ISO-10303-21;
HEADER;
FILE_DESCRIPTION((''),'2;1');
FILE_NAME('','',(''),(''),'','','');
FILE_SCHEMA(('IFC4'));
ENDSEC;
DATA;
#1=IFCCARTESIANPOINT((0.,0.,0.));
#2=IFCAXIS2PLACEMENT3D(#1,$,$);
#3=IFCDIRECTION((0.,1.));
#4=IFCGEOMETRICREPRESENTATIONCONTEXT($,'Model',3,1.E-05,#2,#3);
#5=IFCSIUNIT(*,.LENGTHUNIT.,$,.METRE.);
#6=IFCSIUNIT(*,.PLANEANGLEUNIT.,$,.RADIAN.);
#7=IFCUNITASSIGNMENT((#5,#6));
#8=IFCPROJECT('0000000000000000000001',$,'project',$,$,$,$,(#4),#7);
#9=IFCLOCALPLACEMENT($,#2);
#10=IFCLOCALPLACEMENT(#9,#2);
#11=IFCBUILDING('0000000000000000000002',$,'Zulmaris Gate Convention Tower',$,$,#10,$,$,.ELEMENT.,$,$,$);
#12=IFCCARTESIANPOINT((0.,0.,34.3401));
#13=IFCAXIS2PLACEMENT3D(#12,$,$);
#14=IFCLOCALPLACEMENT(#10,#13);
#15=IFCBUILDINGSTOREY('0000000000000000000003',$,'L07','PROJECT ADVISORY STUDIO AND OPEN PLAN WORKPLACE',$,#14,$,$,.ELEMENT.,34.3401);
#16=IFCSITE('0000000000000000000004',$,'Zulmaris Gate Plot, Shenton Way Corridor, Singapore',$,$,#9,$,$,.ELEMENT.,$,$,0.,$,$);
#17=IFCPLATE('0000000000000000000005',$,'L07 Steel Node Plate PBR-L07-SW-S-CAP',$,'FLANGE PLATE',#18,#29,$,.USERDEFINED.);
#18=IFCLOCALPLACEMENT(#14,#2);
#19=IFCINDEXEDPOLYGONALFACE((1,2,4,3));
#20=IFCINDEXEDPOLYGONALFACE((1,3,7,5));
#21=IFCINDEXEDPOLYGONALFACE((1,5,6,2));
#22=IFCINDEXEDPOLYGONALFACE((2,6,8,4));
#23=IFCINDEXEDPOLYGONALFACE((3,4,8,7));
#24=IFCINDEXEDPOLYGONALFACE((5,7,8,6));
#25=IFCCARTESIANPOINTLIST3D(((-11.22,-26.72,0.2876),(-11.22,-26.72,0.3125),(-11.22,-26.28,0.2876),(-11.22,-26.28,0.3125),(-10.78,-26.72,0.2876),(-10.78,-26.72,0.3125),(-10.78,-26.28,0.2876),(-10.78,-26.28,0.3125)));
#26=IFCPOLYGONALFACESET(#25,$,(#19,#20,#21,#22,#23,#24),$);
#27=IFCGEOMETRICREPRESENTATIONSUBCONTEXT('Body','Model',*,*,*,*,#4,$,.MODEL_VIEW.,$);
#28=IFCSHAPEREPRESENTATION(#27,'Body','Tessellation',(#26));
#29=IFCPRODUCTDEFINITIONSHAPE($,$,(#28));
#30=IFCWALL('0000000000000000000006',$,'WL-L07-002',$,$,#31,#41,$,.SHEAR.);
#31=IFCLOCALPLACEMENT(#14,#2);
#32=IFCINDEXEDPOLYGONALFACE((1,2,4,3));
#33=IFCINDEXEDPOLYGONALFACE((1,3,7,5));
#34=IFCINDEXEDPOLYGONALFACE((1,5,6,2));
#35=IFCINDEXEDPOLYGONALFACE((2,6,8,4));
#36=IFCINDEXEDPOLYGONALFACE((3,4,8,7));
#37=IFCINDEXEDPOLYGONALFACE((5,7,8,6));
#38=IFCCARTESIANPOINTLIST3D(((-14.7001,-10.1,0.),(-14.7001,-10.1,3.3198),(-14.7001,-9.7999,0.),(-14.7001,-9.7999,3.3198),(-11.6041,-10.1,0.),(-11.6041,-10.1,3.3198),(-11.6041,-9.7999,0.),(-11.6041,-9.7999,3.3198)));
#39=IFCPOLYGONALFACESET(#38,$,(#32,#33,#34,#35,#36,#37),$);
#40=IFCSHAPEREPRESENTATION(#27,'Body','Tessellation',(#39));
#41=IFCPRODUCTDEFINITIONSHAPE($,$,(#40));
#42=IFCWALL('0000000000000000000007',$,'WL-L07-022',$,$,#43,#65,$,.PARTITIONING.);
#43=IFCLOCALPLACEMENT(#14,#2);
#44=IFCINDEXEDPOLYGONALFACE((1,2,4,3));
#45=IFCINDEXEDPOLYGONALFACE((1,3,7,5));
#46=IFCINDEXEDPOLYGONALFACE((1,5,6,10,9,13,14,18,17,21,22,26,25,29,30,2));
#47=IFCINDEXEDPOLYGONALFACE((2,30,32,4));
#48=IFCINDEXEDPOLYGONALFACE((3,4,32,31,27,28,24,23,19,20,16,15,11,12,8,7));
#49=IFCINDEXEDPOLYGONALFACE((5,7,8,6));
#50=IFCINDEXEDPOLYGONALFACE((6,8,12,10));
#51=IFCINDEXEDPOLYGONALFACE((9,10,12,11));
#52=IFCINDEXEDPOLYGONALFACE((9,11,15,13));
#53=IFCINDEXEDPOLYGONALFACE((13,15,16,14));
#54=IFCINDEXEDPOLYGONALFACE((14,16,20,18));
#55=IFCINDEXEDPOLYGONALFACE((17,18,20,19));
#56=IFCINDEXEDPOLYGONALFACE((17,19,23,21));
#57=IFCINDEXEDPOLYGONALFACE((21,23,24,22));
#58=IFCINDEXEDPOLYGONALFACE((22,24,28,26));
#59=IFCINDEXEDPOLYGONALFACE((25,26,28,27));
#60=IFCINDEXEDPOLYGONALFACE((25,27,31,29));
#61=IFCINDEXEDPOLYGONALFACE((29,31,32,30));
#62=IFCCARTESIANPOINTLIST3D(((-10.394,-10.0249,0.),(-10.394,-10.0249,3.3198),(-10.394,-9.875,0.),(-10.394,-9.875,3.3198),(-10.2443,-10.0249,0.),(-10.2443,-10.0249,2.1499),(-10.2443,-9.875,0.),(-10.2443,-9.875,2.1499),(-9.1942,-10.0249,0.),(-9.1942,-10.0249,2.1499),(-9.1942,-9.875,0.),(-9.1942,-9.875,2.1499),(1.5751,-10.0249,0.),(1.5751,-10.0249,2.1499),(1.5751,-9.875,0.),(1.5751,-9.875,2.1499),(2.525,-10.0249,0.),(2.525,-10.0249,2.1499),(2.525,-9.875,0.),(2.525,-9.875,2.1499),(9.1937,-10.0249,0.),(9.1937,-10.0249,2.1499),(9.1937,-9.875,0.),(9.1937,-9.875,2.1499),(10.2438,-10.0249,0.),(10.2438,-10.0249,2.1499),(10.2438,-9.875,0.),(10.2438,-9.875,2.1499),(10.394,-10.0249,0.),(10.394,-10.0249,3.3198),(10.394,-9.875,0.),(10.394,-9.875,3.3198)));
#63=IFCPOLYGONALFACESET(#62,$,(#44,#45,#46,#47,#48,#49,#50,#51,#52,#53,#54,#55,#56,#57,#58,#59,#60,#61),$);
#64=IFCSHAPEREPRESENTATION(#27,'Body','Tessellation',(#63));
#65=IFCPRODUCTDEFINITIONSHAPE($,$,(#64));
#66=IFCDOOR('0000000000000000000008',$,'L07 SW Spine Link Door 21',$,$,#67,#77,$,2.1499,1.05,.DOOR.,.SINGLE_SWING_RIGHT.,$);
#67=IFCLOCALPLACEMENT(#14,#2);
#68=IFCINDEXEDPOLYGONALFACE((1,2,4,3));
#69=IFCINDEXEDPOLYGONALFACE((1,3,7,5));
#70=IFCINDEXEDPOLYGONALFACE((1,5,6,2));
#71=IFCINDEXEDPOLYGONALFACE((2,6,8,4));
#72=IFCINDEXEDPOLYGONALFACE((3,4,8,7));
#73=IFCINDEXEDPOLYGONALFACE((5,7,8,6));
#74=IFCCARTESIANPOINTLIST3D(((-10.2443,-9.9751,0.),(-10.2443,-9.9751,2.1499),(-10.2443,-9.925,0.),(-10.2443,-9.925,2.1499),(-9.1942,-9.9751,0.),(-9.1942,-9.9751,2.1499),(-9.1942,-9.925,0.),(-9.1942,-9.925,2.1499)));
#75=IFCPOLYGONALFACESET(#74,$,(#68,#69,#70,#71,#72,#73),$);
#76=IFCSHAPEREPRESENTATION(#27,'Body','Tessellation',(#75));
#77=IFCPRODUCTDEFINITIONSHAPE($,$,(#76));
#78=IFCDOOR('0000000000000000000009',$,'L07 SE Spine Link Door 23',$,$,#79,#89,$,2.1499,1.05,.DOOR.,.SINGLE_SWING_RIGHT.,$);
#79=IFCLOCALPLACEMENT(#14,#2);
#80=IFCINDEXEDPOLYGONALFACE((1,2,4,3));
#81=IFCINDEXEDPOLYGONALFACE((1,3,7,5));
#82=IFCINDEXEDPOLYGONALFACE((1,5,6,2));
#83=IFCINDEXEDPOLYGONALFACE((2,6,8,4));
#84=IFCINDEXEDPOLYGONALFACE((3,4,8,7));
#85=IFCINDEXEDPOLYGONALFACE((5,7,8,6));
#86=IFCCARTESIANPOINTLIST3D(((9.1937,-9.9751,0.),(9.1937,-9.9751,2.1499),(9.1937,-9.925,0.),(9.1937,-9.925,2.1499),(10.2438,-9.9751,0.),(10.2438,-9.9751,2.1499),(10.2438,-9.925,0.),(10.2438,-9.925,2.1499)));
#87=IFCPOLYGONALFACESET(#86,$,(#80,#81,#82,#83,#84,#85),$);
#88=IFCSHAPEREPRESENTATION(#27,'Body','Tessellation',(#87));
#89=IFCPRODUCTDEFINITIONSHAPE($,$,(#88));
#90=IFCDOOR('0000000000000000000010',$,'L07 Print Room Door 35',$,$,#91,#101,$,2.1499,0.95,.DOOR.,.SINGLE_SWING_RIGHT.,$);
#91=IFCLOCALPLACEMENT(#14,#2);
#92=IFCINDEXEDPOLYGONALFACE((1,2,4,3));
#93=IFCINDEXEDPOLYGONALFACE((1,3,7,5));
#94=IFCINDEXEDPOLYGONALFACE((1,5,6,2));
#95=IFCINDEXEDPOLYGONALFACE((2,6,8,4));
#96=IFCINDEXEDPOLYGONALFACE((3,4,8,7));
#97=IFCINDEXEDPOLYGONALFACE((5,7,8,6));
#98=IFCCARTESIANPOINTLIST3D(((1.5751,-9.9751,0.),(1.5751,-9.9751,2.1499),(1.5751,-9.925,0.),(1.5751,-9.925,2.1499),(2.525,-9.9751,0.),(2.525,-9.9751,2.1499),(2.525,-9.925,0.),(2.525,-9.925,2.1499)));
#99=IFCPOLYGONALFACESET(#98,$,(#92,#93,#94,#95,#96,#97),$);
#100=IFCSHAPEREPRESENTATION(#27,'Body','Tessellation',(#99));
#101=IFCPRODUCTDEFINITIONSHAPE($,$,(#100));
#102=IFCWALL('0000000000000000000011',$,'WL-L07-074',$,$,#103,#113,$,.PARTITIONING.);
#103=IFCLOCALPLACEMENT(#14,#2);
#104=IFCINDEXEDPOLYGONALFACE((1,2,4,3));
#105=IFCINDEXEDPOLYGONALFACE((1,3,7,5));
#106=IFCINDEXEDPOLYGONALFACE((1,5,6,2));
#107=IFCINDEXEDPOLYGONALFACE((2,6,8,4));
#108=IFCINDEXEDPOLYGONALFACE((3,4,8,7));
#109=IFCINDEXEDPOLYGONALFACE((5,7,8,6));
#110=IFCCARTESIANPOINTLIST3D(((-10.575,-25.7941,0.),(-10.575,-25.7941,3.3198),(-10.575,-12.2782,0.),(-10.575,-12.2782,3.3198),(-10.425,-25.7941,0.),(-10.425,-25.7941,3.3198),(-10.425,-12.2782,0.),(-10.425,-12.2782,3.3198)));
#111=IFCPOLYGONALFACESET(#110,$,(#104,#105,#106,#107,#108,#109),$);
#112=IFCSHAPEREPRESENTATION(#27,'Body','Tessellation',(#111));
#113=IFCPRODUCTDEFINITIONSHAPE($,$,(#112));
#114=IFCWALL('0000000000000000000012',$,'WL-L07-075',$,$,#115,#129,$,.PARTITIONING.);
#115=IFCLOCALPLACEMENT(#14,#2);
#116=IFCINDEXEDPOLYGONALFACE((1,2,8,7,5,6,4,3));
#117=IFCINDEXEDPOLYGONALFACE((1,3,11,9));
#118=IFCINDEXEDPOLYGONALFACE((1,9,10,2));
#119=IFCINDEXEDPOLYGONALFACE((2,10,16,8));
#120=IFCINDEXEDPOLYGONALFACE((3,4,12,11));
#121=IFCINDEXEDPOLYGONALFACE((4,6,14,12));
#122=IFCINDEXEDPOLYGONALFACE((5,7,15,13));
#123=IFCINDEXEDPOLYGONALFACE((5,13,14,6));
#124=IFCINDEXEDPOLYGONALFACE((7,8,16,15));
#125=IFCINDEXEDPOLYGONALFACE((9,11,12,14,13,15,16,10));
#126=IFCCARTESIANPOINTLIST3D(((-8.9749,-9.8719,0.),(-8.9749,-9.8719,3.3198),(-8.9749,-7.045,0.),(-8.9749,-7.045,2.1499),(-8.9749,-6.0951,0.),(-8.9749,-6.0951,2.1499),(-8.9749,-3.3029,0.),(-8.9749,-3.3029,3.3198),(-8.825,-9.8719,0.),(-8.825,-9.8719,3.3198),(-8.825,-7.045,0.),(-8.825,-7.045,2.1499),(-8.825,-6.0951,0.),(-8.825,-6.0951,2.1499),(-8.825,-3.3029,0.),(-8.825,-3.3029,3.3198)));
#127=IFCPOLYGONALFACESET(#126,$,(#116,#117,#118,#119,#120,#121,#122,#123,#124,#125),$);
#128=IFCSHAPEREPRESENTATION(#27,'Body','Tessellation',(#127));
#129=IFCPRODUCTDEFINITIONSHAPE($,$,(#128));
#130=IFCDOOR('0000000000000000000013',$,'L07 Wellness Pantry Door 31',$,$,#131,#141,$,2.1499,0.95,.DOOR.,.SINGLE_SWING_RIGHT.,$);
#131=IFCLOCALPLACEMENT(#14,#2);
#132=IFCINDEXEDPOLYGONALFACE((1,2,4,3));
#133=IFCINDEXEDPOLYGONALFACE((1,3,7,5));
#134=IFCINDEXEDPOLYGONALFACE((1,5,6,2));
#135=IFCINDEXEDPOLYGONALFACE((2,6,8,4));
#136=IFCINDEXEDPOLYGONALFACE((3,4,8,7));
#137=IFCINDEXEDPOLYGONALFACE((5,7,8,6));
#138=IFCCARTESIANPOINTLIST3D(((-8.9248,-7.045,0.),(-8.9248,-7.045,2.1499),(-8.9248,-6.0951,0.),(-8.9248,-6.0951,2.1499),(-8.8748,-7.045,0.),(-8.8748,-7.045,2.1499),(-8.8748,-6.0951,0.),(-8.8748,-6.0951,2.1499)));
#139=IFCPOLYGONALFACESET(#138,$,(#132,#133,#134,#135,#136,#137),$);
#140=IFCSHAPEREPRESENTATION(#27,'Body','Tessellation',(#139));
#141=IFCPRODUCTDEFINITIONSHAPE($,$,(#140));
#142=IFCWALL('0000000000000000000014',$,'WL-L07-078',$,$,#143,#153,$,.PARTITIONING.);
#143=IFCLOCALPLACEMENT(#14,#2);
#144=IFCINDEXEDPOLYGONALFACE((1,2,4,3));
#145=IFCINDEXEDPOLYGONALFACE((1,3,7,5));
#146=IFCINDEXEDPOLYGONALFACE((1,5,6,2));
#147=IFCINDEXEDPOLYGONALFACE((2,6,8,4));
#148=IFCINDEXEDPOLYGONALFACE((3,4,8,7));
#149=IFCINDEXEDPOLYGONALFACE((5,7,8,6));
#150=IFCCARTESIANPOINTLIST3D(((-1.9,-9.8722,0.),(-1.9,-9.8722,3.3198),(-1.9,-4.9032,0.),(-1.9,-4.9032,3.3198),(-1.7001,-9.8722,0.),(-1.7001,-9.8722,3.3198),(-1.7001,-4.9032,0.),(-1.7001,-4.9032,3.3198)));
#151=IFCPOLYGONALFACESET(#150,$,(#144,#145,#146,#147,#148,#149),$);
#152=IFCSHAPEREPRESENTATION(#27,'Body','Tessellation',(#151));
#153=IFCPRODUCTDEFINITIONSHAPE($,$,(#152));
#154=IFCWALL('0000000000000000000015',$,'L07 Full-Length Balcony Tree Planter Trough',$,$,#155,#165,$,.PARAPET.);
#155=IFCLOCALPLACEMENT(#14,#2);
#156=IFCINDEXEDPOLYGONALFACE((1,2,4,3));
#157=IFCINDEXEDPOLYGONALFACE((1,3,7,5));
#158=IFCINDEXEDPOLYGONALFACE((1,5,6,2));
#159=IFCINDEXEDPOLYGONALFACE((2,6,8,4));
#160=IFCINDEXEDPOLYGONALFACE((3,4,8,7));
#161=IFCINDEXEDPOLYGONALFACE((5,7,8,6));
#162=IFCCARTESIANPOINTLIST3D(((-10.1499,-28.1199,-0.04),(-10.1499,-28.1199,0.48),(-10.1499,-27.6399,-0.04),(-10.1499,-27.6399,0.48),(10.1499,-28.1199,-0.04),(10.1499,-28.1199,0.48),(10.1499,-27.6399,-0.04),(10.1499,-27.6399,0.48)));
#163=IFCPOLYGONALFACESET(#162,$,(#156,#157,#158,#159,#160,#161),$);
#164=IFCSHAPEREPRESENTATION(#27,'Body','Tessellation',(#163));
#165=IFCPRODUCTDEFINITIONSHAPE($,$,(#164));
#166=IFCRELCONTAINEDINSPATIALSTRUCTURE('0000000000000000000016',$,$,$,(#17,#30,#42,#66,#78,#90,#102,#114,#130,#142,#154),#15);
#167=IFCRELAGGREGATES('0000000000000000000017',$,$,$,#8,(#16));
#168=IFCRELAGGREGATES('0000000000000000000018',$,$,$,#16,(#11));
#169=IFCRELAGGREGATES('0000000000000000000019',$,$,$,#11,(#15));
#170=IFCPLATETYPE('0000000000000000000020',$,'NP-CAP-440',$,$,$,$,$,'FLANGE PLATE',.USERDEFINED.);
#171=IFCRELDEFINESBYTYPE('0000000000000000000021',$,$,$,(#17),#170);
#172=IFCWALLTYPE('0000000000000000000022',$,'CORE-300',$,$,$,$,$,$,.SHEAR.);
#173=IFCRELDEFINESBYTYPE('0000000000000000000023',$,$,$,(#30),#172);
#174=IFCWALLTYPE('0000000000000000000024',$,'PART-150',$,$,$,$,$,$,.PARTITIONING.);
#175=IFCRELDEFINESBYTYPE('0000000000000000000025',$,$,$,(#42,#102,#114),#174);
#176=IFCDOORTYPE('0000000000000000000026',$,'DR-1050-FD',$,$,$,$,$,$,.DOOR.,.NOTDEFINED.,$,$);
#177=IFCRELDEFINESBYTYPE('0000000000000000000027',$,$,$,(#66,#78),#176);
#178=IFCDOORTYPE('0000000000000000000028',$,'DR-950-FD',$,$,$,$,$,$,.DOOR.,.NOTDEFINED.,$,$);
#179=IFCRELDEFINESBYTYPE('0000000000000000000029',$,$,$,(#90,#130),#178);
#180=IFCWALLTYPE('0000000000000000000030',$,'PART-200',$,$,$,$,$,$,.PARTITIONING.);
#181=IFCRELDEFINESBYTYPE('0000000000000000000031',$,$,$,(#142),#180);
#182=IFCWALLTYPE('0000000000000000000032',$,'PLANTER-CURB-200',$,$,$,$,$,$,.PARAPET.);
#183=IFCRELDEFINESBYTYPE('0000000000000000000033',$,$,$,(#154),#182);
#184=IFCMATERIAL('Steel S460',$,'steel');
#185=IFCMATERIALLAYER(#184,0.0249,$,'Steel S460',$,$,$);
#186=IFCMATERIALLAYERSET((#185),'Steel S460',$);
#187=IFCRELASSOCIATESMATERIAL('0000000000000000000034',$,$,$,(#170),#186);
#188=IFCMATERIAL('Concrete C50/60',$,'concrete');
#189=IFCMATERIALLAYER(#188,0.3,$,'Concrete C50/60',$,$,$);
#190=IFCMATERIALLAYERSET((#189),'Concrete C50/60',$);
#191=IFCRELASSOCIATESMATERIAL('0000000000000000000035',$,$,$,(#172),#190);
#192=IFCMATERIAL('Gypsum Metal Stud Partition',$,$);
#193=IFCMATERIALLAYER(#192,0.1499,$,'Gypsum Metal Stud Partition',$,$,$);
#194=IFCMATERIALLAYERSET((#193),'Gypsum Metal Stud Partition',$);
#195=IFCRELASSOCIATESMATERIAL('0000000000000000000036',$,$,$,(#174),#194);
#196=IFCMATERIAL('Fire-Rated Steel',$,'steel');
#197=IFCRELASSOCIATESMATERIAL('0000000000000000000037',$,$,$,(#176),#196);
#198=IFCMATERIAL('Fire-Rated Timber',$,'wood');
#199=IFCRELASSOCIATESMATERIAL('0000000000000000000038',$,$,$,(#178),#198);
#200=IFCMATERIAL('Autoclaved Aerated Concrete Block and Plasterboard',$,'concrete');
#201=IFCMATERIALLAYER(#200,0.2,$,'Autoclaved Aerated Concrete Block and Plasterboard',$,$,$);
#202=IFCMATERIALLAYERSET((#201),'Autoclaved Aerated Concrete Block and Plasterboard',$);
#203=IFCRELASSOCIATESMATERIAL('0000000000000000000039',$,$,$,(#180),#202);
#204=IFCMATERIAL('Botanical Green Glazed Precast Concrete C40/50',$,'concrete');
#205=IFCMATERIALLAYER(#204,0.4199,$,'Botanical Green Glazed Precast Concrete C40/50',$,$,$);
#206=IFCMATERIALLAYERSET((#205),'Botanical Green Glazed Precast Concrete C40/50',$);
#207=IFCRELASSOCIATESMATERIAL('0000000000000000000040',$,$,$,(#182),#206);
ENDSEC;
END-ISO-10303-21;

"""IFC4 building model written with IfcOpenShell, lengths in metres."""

from ifc_helpers import new_model, si_unit, direction, frame, frame_2d, origin, origin_2d, place, context, subcontext, project, spatial, rectangle, extrude, material, layer, layer_set, type_object, element, fill, save


model = new_model("IFC4")

# Units and contexts
model_context = context("Model", 3, precision=1e-05, world=origin(), true_north=direction((0.0, 1.0)))
body_context = subcontext(model_context, "Body", "Model", "MODEL_VIEW")
ifc_project = project(units=[si_unit("LENGTHUNIT", "METRE"), si_unit("PLANEANGLEUNIT", "RADIAN")], contexts=[model_context])

# Site, building, storey
site_placement = place(None, origin())
site = spatial("IfcSite", under=ifc_project, at=site_placement, Name="Zulmaris Gate Plot, Shenton Way Corridor, Singapore", CompositionType="ELEMENT", RefElevation=0.0)
building_placement = place(site_placement, origin())
building = spatial("IfcBuilding", under=site, at=building_placement, Name="Zulmaris Gate Convention Tower", CompositionType="ELEMENT")
storey_placement = place(building_placement, frame((0.0, 0.0, 34.3401)))
storey = spatial("IfcBuildingStorey", under=building, at=storey_placement, Name="L07", Description="PROJECT ADVISORY STUDIO AND OPEN PLAN WORKPLACE", CompositionType="ELEMENT", Elevation=34.3401)

# Shared definitions
ifc_material_1 = material(Name="Steel S460", Category="steel")

# Plate
ifc_layer_1 = layer(ifc_material_1, 0.0249, Name="Steel S460")
ifc_layer_set_1 = layer_set([ifc_layer_1], Name="Steel S460")
plate_type = type_object("IfcPlateType", Name="NP-CAP-440", ElementType="FLANGE PLATE", PredefinedType="USERDEFINED", material=ifc_layer_set_1)
plate_placement = place(storey_placement, frame((-11.0, -26.5, 0.2876), z_axis=(0.0, 0.0, 1.0), x_axis=(1.0, 0.0, 0.0)))
element("IfcPlate", 1, at=plate_placement, inside=storey, type_object=plate_type, Name="L07 Steel Node Plate PBR-L07-SW-S-CAP", ObjectType="FLANGE PLATE", PredefinedType="USERDEFINED", context=body_context, shape_type="SweptSolid", body=[
    extrude(rectangle(XDim=0.4399, YDim=0.4399, at=origin_2d()), origin(), (0.0, 0.0, 1.0), 0.0249),
])

# Wall
ifc_material_2 = material(Name="Concrete C50/60", Category="concrete")
ifc_layer_2 = layer(ifc_material_2, 0.3, Name="Concrete C50/60")
ifc_layer_set_2 = layer_set([ifc_layer_2], Name="Concrete C50/60")
wall_type_1 = type_object("IfcWallType", Name="CORE-300", PredefinedType="SHEAR", material=ifc_layer_set_2)
wall_1_placement = place(storey_placement, frame((-14.7, -9.95, 0.0), z_axis=(0.0, 0.0, 1.0), x_axis=(1.0, 0.0, 0.0)))
element("IfcWall", 2, at=wall_1_placement, inside=storey, type_object=wall_type_1, Name="WL-L07-002", PredefinedType="SHEAR", context=body_context, shape_type="SweptSolid", body=[
    extrude(rectangle(XDim=3.0959, YDim=0.3, at=frame_2d((1.5479, 0.0))), origin(), (0.0, 0.0, 1.0), 3.3198),
])

# Wall, openings, doors
ifc_material_3 = material(Name="Gypsum Metal Stud Partition")
ifc_layer_3 = layer(ifc_material_3, 0.1499, Name="Gypsum Metal Stud Partition")
ifc_layer_set_3 = layer_set([ifc_layer_3], Name="Gypsum Metal Stud Partition")
wall_type_2 = type_object("IfcWallType", Name="PART-150", PredefinedType="PARTITIONING", material=ifc_layer_set_3)
wall_2_placement = place(storey_placement, frame((-10.394, -9.95, 0.0), z_axis=(0.0, 0.0, 1.0), x_axis=(1.0, 0.0, 0.0)))
wall_2 = element("IfcWall", 3, at=wall_2_placement, inside=storey, type_object=wall_type_2, Name="WL-L07-022", PredefinedType="PARTITIONING", context=body_context, shape_type="SweptSolid", body=[
    extrude(rectangle(XDim=20.7881, YDim=0.1499, at=frame_2d((10.394, 0.0))), origin(), (0.0, 0.0, 1.0), 3.3198),
])
opening_1_placement = place(wall_2_placement, frame((0.1499, 0.0, 0.0)))
opening_1 = element("IfcOpeningElement", 4, at=opening_1_placement, cuts=wall_2, PredefinedType="OPENING", context=body_context, shape_type="SweptSolid", body=[
    extrude(rectangle(XDim=1.05, YDim=2.1499, at=frame_2d((0.5249, 1.075))), frame((0.0, 0.085, 0.0), z_axis=(0.0, -1.0, 0.0), x_axis=(1.0, 0.0, 0.0)), (0.0, 0.0, 1.0), 0.1699),
])
opening_2_placement = place(wall_2_placement, frame((19.5879, 0.0, 0.0)))
opening_2 = element("IfcOpeningElement", 5, at=opening_2_placement, cuts=wall_2, PredefinedType="OPENING", context=body_context, shape_type="SweptSolid", body=[
    extrude(rectangle(XDim=1.05, YDim=2.1499, at=frame_2d((0.5249, 1.075))), frame((0.0, 0.085, 0.0), z_axis=(0.0, -1.0, 0.0), x_axis=(1.0, 0.0, 0.0)), (0.0, 0.0, 1.0), 0.1699),
])
opening_3_placement = place(wall_2_placement, frame((11.969, 0.0, 0.0)))
opening_3 = element("IfcOpeningElement", 6, at=opening_3_placement, cuts=wall_2, PredefinedType="OPENING", context=body_context, shape_type="SweptSolid", body=[
    extrude(rectangle(XDim=0.95, YDim=2.1499, at=frame_2d((0.4751, 1.075))), frame((0.0, 0.085, 0.0), z_axis=(0.0, -1.0, 0.0), x_axis=(1.0, 0.0, 0.0)), (0.0, 0.0, 1.0), 0.1699),
])
ifc_material_4 = material(Name="Fire-Rated Steel", Category="steel")
door_type_1 = type_object("IfcDoorType", Name="DR-1050-FD", OperationType="NOTDEFINED", PredefinedType="DOOR", material=ifc_material_4)
door_1_placement = place(opening_1_placement, origin())
door_1 = element("IfcDoor", 7, at=door_1_placement, inside=storey, type_object=door_type_1, Name="L07 SW Spine Link Door 21", OperationType="SINGLE_SWING_RIGHT", OverallHeight=2.1499, OverallWidth=1.05, PredefinedType="DOOR", context=body_context, shape_type="SweptSolid", body=[
    extrude(rectangle(XDim=1.05, YDim=2.1499, at=frame_2d((0.5249, 1.075))), frame((0.0, 0.0249, 0.0), z_axis=(0.0, -1.0, 0.0), x_axis=(1.0, 0.0, 0.0)), (0.0, 0.0, 1.0), 0.05),
])
fill(opening_1, door_1)
door_2_placement = place(opening_2_placement, origin())
door_2 = element("IfcDoor", 8, at=door_2_placement, inside=storey, type_object=door_type_1, Name="L07 SE Spine Link Door 23", OperationType="SINGLE_SWING_RIGHT", OverallHeight=2.1499, OverallWidth=1.05, PredefinedType="DOOR", context=body_context, shape_type="SweptSolid", body=[
    extrude(rectangle(XDim=1.05, YDim=2.1499, at=frame_2d((0.5249, 1.075))), frame((0.0, 0.0249, 0.0), z_axis=(0.0, -1.0, 0.0), x_axis=(1.0, 0.0, 0.0)), (0.0, 0.0, 1.0), 0.05),
])
fill(opening_2, door_2)
ifc_material_5 = material(Name="Fire-Rated Timber", Category="wood")
door_type_2 = type_object("IfcDoorType", Name="DR-950-FD", OperationType="NOTDEFINED", PredefinedType="DOOR", material=ifc_material_5)
door_3_placement = place(opening_3_placement, origin())
door_3 = element("IfcDoor", 9, at=door_3_placement, inside=storey, type_object=door_type_2, Name="L07 Print Room Door 35", OperationType="SINGLE_SWING_RIGHT", OverallHeight=2.1499, OverallWidth=0.95, PredefinedType="DOOR", context=body_context, shape_type="SweptSolid", body=[
    extrude(rectangle(XDim=0.95, YDim=2.1499, at=frame_2d((0.4751, 1.075))), frame((0.0, 0.0249, 0.0), z_axis=(0.0, -1.0, 0.0), x_axis=(1.0, 0.0, 0.0)), (0.0, 0.0, 1.0), 0.05),
])
fill(opening_3, door_3)

# Wall
wall_3_placement = place(storey_placement, frame((-10.5, -25.7939, 0.0), z_axis=(0.0, 0.0, 1.0), x_axis=(0.0, 1.0, 0.0)))
element("IfcWall", 10, at=wall_3_placement, inside=storey, type_object=wall_type_2, Name="WL-L07-074", PredefinedType="PARTITIONING", context=body_context, shape_type="SweptSolid", body=[
    extrude(rectangle(XDim=13.5159, YDim=0.1499, at=frame_2d((6.7578, 0.0))), origin(), (0.0, 0.0, 1.0), 3.3198),
])

# Wall, opening, door
wall_4_placement = place(storey_placement, frame((-8.8999, -9.8721, 0.0), z_axis=(0.0, 0.0, 1.0), x_axis=(0.0, 1.0, 0.0)))
wall_4 = element("IfcWall", 11, at=wall_4_placement, inside=storey, type_object=wall_type_2, Name="WL-L07-075", PredefinedType="PARTITIONING", context=body_context, shape_type="SweptSolid", body=[
    extrude(rectangle(XDim=6.5691, YDim=0.1499, at=frame_2d((3.2847, 0.0))), origin(), (0.0, 0.0, 1.0), 3.3198),
])
opening_4_placement = place(wall_4_placement, frame((2.8269, 0.0, 0.0)))
opening_4 = element("IfcOpeningElement", 12, at=opening_4_placement, cuts=wall_4, PredefinedType="OPENING", context=body_context, shape_type="SweptSolid", body=[
    extrude(rectangle(XDim=0.95, YDim=2.1499, at=frame_2d((0.4751, 1.075))), frame((0.0, 0.085, 0.0), z_axis=(0.0, -1.0, 0.0), x_axis=(1.0, 0.0, 0.0)), (0.0, 0.0, 1.0), 0.1699),
])
door_4_placement = place(opening_4_placement, origin())
door_4 = element("IfcDoor", 13, at=door_4_placement, inside=storey, type_object=door_type_2, Name="L07 Wellness Pantry Door 31", OperationType="SINGLE_SWING_RIGHT", OverallHeight=2.1499, OverallWidth=0.95, PredefinedType="DOOR", context=body_context, shape_type="SweptSolid", body=[
    extrude(rectangle(XDim=0.95, YDim=2.1499, at=frame_2d((0.4751, 1.075))), frame((0.0, 0.0249, 0.0), z_axis=(0.0, -1.0, 0.0), x_axis=(1.0, 0.0, 0.0)), (0.0, 0.0, 1.0), 0.05),
])
fill(opening_4, door_4)

# Walls
ifc_material_6 = material(Name="Autoclaved Aerated Concrete Block and Plasterboard", Category="concrete")
ifc_layer_4 = layer(ifc_material_6, 0.2, Name="Autoclaved Aerated Concrete Block and Plasterboard")
ifc_layer_set_4 = layer_set([ifc_layer_4], Name="Autoclaved Aerated Concrete Block and Plasterboard")
wall_type_3 = type_object("IfcWallType", Name="PART-200", PredefinedType="PARTITIONING", material=ifc_layer_set_4)
wall_5_placement = place(storey_placement, frame((-1.8, -9.8721, 0.0), z_axis=(0.0, 0.0, 1.0), x_axis=(0.0, 1.0, 0.0)))
element("IfcWall", 14, at=wall_5_placement, inside=storey, type_object=wall_type_3, Name="WL-L07-078", PredefinedType="PARTITIONING", context=body_context, shape_type="SweptSolid", body=[
    extrude(rectangle(XDim=4.969, YDim=0.2, at=frame_2d((2.4844, 0.0))), origin(), (0.0, 0.0, 1.0), 3.3198),
])
ifc_material_7 = material(Name="Botanical Green Glazed Precast Concrete C40/50", Category="concrete")
ifc_layer_5 = layer(ifc_material_7, 0.4199, Name="Botanical Green Glazed Precast Concrete C40/50")
ifc_layer_set_5 = layer_set([ifc_layer_5], Name="Botanical Green Glazed Precast Concrete C40/50")
wall_type_4 = type_object("IfcWallType", Name="PLANTER-CURB-200", PredefinedType="PARAPET", material=ifc_layer_set_5)
wall_6_placement = place(storey_placement, frame((-10.1499, -27.8799, -0.04), z_axis=(0.0, 0.0, 1.0), x_axis=(1.0, 0.0, 0.0)))
element("IfcWall", 15, at=wall_6_placement, inside=storey, type_object=wall_type_4, Name="L07 Full-Length Balcony Tree Planter Trough", PredefinedType="PARAPET", context=body_context, shape_type="SweptSolid", body=[
    extrude(rectangle(XDim=20.2998, YDim=0.48, at=frame_2d((10.1499, 0.0))), origin(), (0.0, 0.0, 1.0), 0.52),
])

save(model, "model.ifc")
